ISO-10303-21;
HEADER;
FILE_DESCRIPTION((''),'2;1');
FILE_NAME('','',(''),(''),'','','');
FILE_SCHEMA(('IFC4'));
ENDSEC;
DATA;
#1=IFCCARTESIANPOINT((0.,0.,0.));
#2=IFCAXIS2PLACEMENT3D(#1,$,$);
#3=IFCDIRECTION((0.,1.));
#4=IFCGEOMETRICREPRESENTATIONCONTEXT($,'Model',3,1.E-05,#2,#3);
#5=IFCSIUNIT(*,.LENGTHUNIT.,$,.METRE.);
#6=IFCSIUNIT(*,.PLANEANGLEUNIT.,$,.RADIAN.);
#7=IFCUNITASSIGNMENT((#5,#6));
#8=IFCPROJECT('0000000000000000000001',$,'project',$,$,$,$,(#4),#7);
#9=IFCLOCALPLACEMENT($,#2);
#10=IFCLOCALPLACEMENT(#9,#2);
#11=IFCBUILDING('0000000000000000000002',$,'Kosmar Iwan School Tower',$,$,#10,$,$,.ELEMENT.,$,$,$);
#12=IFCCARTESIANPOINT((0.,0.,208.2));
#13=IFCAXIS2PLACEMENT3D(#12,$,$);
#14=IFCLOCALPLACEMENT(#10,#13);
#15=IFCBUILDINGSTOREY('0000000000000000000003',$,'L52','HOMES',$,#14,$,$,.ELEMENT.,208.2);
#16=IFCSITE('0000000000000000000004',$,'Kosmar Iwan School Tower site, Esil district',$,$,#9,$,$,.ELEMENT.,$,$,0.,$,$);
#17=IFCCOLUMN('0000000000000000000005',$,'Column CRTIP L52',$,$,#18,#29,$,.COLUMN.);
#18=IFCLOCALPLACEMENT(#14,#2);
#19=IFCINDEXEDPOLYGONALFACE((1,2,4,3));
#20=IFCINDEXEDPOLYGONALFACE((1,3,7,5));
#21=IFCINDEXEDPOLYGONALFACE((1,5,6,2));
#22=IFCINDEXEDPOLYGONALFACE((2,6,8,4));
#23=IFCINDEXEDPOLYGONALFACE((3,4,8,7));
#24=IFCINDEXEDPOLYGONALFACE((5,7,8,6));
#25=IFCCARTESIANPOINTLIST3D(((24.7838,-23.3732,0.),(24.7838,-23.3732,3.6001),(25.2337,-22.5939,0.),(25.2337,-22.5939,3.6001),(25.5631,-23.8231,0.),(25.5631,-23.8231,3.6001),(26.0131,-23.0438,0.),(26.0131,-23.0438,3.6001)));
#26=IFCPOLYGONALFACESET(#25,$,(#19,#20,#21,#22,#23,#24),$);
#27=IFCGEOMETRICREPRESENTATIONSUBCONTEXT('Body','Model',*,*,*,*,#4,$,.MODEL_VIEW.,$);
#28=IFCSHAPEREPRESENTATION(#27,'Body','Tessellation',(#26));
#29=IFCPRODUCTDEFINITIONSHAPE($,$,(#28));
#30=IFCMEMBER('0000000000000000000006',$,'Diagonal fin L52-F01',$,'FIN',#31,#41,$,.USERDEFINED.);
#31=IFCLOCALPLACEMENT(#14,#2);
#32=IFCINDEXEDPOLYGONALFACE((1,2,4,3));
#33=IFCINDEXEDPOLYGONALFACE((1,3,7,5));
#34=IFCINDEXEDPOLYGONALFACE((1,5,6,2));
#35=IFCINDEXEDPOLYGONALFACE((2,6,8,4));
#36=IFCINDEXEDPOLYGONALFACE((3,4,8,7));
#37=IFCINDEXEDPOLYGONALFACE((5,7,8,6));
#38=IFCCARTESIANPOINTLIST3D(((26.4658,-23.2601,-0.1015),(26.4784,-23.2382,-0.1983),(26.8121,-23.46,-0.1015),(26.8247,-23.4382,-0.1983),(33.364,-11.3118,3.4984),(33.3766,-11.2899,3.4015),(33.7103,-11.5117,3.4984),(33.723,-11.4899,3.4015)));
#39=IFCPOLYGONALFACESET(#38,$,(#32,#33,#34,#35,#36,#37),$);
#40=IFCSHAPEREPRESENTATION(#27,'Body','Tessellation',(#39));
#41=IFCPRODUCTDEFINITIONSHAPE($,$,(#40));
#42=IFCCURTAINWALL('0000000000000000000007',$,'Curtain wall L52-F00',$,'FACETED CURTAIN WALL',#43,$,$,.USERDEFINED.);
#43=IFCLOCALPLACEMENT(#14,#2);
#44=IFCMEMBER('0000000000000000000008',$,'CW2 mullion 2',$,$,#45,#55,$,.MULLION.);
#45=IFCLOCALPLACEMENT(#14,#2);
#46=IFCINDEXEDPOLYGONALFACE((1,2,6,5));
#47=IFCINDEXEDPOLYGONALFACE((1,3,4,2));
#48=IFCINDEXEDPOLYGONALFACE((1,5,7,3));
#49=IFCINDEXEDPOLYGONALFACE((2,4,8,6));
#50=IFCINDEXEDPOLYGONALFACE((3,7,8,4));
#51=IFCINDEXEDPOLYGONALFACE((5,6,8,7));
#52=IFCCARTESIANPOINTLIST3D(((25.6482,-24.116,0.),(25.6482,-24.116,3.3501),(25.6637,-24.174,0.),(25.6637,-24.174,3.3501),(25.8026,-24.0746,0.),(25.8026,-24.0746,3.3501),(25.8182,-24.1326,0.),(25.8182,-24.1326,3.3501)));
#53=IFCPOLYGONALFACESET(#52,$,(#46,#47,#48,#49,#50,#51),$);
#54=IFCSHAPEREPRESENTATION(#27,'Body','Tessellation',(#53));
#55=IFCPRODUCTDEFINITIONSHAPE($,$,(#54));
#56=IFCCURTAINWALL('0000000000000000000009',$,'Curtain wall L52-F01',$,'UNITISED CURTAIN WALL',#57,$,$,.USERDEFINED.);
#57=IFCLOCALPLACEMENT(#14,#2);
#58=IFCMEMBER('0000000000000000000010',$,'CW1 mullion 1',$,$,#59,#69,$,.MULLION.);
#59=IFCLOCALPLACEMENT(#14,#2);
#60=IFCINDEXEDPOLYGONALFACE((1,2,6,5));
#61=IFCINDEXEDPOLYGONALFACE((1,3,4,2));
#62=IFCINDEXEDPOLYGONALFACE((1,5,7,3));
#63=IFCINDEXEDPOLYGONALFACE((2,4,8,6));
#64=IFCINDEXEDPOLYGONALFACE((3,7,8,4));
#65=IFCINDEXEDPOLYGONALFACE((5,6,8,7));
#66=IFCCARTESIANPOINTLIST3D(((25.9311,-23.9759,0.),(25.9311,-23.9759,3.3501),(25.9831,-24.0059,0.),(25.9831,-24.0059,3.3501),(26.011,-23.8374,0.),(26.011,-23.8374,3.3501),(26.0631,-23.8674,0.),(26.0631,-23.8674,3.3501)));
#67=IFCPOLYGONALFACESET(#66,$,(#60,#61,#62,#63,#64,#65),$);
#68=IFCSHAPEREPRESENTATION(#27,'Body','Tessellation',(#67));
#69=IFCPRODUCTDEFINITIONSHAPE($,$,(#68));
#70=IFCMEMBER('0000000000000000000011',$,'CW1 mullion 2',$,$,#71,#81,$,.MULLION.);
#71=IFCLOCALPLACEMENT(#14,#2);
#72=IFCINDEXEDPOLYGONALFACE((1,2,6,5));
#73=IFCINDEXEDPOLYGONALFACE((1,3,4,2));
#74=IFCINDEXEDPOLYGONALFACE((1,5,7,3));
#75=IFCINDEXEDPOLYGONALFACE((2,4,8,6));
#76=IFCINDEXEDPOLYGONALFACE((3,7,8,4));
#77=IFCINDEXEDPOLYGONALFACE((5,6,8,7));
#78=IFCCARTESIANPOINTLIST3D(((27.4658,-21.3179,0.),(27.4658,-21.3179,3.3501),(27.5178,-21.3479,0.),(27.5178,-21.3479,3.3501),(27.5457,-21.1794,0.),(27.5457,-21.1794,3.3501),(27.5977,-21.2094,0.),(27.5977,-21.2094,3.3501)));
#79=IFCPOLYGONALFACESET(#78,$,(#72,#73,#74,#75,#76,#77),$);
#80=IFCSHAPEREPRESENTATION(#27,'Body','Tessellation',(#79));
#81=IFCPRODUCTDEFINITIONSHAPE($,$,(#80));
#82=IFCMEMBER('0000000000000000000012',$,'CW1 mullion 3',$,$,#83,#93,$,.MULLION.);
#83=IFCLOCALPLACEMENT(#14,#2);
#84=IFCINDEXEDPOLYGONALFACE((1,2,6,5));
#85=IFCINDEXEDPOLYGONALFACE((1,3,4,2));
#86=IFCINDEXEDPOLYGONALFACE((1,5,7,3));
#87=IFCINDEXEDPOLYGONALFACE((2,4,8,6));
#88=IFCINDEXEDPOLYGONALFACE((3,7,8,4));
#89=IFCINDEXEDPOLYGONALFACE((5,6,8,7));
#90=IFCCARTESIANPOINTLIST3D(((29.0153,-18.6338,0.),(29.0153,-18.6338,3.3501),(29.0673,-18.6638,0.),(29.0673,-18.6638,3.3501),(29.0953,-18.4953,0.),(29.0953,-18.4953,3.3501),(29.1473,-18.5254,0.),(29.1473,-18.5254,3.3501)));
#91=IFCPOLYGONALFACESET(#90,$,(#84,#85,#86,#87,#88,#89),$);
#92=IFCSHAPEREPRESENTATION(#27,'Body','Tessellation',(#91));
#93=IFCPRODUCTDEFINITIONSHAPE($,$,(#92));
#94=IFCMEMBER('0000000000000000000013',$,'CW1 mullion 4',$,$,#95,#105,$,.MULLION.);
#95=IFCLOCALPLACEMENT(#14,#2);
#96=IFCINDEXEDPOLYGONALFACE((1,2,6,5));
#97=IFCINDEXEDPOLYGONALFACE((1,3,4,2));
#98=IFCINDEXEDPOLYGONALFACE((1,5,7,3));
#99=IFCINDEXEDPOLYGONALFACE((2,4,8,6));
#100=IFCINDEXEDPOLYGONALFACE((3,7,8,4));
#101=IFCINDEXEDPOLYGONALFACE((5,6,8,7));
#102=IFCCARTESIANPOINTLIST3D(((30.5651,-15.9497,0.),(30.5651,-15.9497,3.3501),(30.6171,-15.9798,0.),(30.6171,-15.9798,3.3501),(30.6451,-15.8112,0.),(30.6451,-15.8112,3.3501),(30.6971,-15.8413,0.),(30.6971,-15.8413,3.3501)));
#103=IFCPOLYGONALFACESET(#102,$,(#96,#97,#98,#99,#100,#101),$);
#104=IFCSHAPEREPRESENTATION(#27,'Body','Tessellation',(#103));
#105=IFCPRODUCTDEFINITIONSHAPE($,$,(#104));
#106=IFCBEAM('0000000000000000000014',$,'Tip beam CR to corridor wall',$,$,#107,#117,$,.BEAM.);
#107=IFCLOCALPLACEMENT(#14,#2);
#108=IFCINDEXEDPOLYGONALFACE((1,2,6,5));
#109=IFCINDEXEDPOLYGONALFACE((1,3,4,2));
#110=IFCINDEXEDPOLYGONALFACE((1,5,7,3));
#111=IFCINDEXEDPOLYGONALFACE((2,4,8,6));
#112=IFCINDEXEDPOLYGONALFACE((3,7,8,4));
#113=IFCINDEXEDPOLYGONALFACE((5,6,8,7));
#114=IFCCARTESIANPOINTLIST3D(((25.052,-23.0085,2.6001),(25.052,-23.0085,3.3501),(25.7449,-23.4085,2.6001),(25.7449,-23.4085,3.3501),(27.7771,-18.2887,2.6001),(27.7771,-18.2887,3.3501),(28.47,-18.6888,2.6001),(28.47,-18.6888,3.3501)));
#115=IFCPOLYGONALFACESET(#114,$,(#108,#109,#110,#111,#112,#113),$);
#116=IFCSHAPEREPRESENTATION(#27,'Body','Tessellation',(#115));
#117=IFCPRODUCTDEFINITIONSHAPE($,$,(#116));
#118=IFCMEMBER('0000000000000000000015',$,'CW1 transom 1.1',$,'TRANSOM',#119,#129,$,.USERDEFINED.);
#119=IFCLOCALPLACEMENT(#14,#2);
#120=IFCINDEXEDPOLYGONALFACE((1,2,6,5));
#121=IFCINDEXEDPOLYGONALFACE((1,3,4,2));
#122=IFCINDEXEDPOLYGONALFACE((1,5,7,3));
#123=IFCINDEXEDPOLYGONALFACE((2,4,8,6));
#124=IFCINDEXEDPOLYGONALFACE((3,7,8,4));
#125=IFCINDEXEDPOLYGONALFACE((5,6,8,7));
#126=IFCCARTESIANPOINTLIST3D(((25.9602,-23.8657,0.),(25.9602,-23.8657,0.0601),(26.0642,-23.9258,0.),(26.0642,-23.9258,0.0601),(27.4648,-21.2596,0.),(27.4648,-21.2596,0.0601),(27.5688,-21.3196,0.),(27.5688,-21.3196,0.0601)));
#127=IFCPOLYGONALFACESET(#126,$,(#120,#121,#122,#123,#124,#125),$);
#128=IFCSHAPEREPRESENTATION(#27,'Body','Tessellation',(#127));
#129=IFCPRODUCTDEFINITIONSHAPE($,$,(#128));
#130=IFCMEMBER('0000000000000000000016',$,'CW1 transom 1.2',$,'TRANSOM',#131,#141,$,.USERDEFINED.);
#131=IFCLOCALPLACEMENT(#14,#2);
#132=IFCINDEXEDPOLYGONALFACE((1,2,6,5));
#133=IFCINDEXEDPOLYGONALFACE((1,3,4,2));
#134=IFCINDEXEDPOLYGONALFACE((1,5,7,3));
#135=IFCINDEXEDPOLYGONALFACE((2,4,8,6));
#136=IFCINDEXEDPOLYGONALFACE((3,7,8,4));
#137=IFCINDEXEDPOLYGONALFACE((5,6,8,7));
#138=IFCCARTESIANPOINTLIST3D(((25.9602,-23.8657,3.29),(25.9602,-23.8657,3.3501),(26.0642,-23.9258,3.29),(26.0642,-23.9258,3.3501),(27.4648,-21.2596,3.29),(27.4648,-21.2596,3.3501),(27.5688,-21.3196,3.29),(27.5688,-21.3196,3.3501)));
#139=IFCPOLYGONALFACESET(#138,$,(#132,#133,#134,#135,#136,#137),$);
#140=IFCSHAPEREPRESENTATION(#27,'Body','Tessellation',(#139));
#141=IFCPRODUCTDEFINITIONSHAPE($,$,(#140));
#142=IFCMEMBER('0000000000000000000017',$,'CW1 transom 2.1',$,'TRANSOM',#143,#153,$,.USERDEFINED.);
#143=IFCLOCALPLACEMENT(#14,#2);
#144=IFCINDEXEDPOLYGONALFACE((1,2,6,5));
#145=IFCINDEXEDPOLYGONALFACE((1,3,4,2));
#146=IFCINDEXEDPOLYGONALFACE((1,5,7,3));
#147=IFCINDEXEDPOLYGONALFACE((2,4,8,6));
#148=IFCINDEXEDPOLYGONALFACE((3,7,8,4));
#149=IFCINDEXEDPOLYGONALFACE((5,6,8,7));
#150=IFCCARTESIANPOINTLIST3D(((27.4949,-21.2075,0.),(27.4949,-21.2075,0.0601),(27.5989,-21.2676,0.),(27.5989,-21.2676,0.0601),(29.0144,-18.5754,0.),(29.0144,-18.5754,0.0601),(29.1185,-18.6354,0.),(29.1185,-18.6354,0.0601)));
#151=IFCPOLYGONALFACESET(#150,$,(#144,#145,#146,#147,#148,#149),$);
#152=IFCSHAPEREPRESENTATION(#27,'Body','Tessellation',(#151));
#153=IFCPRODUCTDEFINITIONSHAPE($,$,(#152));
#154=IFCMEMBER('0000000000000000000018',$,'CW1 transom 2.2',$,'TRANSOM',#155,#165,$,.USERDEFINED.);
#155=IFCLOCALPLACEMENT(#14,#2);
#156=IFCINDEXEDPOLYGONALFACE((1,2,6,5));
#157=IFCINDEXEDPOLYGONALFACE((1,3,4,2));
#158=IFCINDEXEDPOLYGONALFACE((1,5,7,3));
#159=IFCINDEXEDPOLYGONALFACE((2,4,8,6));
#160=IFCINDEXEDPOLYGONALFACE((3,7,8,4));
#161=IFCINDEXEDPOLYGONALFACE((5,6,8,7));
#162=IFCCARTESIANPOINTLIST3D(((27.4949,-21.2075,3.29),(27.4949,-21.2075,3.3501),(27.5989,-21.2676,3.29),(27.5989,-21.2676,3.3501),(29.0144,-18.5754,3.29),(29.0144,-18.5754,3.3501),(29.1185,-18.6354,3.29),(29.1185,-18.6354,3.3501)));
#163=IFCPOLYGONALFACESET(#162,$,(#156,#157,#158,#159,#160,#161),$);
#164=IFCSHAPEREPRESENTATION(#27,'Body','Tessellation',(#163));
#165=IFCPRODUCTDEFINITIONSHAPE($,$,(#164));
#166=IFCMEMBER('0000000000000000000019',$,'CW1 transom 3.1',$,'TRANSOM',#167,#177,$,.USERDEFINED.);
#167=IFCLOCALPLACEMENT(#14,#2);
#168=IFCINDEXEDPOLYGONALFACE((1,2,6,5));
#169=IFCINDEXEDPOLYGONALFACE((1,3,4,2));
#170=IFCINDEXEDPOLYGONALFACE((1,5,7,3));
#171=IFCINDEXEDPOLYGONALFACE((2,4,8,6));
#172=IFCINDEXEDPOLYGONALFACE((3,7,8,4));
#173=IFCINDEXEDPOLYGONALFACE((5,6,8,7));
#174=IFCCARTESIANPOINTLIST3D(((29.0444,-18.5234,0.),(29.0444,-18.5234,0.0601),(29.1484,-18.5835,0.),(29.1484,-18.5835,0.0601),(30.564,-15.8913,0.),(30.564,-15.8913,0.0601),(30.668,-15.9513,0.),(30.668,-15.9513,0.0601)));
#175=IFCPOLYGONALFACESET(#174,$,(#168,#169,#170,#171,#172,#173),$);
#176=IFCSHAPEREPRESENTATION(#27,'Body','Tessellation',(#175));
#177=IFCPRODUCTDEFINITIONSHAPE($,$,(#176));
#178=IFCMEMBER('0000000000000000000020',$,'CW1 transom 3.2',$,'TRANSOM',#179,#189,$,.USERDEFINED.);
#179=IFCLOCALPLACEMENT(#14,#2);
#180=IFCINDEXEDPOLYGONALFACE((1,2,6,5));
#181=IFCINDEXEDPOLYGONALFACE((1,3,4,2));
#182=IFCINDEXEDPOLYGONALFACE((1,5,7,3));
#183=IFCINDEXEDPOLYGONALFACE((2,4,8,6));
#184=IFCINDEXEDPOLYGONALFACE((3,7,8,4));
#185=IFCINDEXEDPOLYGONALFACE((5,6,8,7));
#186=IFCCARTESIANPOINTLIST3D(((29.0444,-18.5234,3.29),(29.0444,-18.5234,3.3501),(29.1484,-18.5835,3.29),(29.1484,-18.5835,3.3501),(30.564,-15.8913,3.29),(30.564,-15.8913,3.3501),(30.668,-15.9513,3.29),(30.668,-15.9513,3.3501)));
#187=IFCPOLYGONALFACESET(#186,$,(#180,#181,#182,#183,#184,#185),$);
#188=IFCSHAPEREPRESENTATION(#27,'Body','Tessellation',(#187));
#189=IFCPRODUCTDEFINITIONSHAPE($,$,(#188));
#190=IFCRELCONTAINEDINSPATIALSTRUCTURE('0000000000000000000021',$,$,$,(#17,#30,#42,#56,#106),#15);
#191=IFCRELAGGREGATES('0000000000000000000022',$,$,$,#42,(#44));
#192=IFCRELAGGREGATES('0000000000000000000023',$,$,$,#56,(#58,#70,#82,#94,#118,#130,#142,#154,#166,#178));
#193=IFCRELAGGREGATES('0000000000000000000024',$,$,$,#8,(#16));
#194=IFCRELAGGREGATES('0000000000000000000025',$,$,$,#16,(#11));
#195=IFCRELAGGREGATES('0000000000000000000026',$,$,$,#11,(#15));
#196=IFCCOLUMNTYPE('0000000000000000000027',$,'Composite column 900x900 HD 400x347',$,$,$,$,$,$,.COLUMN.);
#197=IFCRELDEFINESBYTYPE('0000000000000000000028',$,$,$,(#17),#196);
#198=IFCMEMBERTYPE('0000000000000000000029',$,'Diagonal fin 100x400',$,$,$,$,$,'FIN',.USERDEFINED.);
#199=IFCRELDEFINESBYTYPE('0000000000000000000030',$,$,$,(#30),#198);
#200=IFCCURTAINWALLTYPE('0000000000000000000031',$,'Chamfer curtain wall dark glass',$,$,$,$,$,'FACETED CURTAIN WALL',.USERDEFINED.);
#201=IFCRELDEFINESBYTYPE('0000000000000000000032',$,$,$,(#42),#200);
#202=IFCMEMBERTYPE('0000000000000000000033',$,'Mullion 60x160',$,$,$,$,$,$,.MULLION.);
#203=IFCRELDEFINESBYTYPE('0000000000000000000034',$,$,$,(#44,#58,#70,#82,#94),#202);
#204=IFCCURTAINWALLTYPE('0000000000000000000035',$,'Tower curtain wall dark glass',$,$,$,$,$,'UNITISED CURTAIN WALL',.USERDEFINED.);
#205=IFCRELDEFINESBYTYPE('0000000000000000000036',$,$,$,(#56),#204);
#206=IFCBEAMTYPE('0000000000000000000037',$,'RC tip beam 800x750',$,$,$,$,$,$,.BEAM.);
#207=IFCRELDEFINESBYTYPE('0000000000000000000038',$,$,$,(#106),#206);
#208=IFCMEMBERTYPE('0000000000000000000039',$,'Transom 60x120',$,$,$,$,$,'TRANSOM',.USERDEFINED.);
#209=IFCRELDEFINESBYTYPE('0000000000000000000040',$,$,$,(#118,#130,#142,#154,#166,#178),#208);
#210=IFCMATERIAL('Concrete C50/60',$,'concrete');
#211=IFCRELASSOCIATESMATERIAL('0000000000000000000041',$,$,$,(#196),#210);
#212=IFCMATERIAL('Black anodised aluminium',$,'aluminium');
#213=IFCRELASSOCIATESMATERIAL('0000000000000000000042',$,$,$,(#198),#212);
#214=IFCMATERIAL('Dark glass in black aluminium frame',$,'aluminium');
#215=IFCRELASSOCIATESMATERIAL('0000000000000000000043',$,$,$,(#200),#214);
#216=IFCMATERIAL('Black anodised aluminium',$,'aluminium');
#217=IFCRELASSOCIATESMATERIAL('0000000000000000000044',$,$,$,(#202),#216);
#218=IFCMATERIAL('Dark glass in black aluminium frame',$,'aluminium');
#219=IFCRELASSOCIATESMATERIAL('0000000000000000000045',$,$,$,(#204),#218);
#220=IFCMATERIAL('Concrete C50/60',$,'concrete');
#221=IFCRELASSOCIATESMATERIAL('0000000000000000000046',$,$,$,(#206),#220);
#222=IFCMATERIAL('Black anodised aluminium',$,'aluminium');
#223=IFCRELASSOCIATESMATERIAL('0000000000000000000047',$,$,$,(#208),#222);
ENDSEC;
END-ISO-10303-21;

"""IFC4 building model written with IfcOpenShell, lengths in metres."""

from ifc_helpers import new_model, si_unit, direction, frame, origin, origin_2d, place, context, subcontext, project, spatial, rectangle, extrude, material, material_profile, profile_set, type_object, element, aggregate, save


model = new_model("IFC4")

# Units and contexts
model_context = context("Model", 3, precision=1e-05, world=origin(), true_north=direction((0.0, 1.0)))
body_context = subcontext(model_context, "Body", "Model", "MODEL_VIEW")
ifc_project = project(units=[si_unit("LENGTHUNIT", "METRE"), si_unit("PLANEANGLEUNIT", "RADIAN")], contexts=[model_context])

# Site, building, storey
site_placement = place(None, origin())
site = spatial("IfcSite", under=ifc_project, at=site_placement, Name="Kosmar Iwan School Tower site, Esil district", CompositionType="ELEMENT", RefElevation=0.0)
building_placement = place(site_placement, origin())
building = spatial("IfcBuilding", under=site, at=building_placement, Name="Kosmar Iwan School Tower", CompositionType="ELEMENT")
storey_placement = place(building_placement, frame((0.0, 0.0, 208.2)))
storey = spatial("IfcBuildingStorey", under=building, at=storey_placement, Name="L52", Description="HOMES", CompositionType="ELEMENT", Elevation=208.2)

# Column
ifc_material_1 = material(Name="Concrete C50/60", Category="concrete")
ifc_material_profile_1 = material_profile(ifc_material_1, rectangle(XDim=0.8999, YDim=0.8999, at=origin_2d()), Name="RC 900x900 + HD 400x347")
ifc_profile_set_1 = profile_set([ifc_material_profile_1], Name="Concrete C50/60")
column_type = type_object("IfcColumnType", Name="Composite column 900x900 HD 400x347", PredefinedType="COLUMN", material=ifc_profile_set_1)
column_placement = place(storey_placement, frame((25.3984, -23.2085, 0.0), z_axis=(0.0, 0.0, 1.0), x_axis=(0.866025, -0.5, 0.0)))
element("IfcColumn", 1, at=column_placement, inside=storey, type_object=column_type, Name="Column CRTIP L52", PredefinedType="COLUMN", context=body_context, shape_type="SweptSolid", body=[
    extrude(rectangle(XDim=0.8999, YDim=0.8999, at=origin_2d()), origin(), (0.0, 0.0, 1.0), 3.6001),
])

# Member
ifc_material_2 = material(Name="Black anodised aluminium", Category="aluminium")
ifc_material_profile_2 = material_profile(ifc_material_2, rectangle(XDim=0.1001, YDim=0.3999, at=origin_2d()), Name="FIN 100x400")
ifc_profile_set_2 = profile_set([ifc_material_profile_2], Name="Black anodised aluminium")
member_type_1 = type_object("IfcMemberType", Name="Diagonal fin 100x400", ElementType="FIN", PredefinedType="USERDEFINED", material=ifc_profile_set_2)
member_1_placement = place(storey_placement, frame((26.6453, -23.3491, -0.1499), z_axis=(0.483796, 0.837974, 0.252471), x_axis=(-0.126234, -0.218647, 0.967604)))
element("IfcMember", 2, at=member_1_placement, inside=storey, type_object=member_type_1, Name="Diagonal fin L52-F01", ObjectType="FIN", PredefinedType="USERDEFINED", context=body_context, shape_type="SweptSolid", body=[
    extrude(rectangle(XDim=0.1001, YDim=0.3999, at=origin_2d()), origin(), (0.0, 0.0, 1.0), 14.2585),
])

# Curtain wall, member
ifc_material_3 = material(Name="Dark glass in black aluminium frame", Category="aluminium")
curtain_wall_type_1 = type_object("IfcCurtainWallType", Name="Chamfer curtain wall dark glass", ElementType="FACETED CURTAIN WALL", PredefinedType="USERDEFINED", material=ifc_material_3)
curtain_wall_1_placement = place(storey_placement, origin())
curtain_wall_1 = element("IfcCurtainWall", 3, at=curtain_wall_1_placement, inside=storey, type_object=curtain_wall_type_1, Name="Curtain wall L52-F00", ObjectType="FACETED CURTAIN WALL", PredefinedType="USERDEFINED")
ifc_material_4 = material(Name="Black anodised aluminium", Category="aluminium")
ifc_material_profile_3 = material_profile(ifc_material_4, rectangle(XDim=0.0601, YDim=0.1599, at=origin_2d()), Name="MULLION 60x160")
ifc_profile_set_3 = profile_set([ifc_material_profile_3], Name="Black anodised aluminium")
member_type_2 = type_object("IfcMemberType", Name="Mullion 60x160", PredefinedType="MULLION", material=ifc_profile_set_3)
member_2_placement = place(storey_placement, frame((25.7332, -24.1243, 0.0), z_axis=(0.0, 0.0, 1.0), x_axis=(-0.258819, 0.965926, 0.0)))
member_2 = element("IfcMember", 4, at=member_2_placement, type_object=member_type_2, Name="CW2 mullion 2", PredefinedType="MULLION", context=body_context, shape_type="SweptSolid", body=[
    extrude(rectangle(XDim=0.0601, YDim=0.1599, at=origin_2d()), origin(), (0.0, 0.0, 1.0), 3.3501),
])

# Curtain wall, members
ifc_material_5 = material(Name="Dark glass in black aluminium frame", Category="aluminium")
curtain_wall_type_2 = type_object("IfcCurtainWallType", Name="Tower curtain wall dark glass", ElementType="UNITISED CURTAIN WALL", PredefinedType="USERDEFINED", material=ifc_material_5)
curtain_wall_2_placement = place(storey_placement, origin())
curtain_wall_2 = element("IfcCurtainWall", 5, at=curtain_wall_2_placement, inside=storey, type_object=curtain_wall_type_2, Name="Curtain wall L52-F01", ObjectType="UNITISED CURTAIN WALL", PredefinedType="USERDEFINED")
member_3_placement = place(storey_placement, frame((25.9971, -23.9216, 0.0), z_axis=(0.0, 0.0, 1.0), x_axis=(-0.866025, 0.5, 0.0)))
member_3 = element("IfcMember", 6, at=member_3_placement, type_object=member_type_2, Name="CW1 mullion 1", PredefinedType="MULLION", context=body_context, shape_type="SweptSolid", body=[
    extrude(rectangle(XDim=0.0601, YDim=0.1599, at=origin_2d()), origin(), (0.0, 0.0, 1.0), 3.3501),
])
member_4_placement = place(storey_placement, frame((27.5317, -21.2637, 0.0), z_axis=(0.0, 0.0, 1.0), x_axis=(-0.866025, 0.5, 0.0)))
member_4 = element("IfcMember", 7, at=member_4_placement, type_object=member_type_2, Name="CW1 mullion 2", PredefinedType="MULLION", context=body_context, shape_type="SweptSolid", body=[
    extrude(rectangle(XDim=0.0601, YDim=0.1599, at=origin_2d()), origin(), (0.0, 0.0, 1.0), 3.3501),
])
member_5_placement = place(storey_placement, frame((29.0813, -18.5796, 0.0), z_axis=(0.0, 0.0, 1.0), x_axis=(-0.866025, 0.5, 0.0)))
member_5 = element("IfcMember", 8, at=member_5_placement, type_object=member_type_2, Name="CW1 mullion 3", PredefinedType="MULLION", context=body_context, shape_type="SweptSolid", body=[
    extrude(rectangle(XDim=0.0601, YDim=0.1599, at=origin_2d()), origin(), (0.0, 0.0, 1.0), 3.3501),
])
member_6_placement = place(storey_placement, frame((30.6311, -15.8955, 0.0), z_axis=(0.0, 0.0, 1.0), x_axis=(-0.866025, 0.5, 0.0)))
member_6 = element("IfcMember", 9, at=member_6_placement, type_object=member_type_2, Name="CW1 mullion 4", PredefinedType="MULLION", context=body_context, shape_type="SweptSolid", body=[
    extrude(rectangle(XDim=0.0601, YDim=0.1599, at=origin_2d()), origin(), (0.0, 0.0, 1.0), 3.3501),
])

# Beam
ifc_material_6 = material(Name="Concrete C50/60", Category="concrete")
ifc_material_profile_4 = material_profile(ifc_material_6, rectangle(XDim=0.8, YDim=0.75, at=origin_2d()), Name="RC 800x750")
ifc_profile_set_4 = profile_set([ifc_material_profile_4], Name="Concrete C50/60")
beam_type = type_object("IfcBeamType", Name="RC tip beam 800x750", PredefinedType="BEAM", material=ifc_profile_set_4)
beam_placement = place(storey_placement, frame((25.3984, -23.2085, 2.9751), z_axis=(0.500022, 0.866013, 0.0), x_axis=(-0.866013, 0.500022, 0.0)))
element("IfcBeam", 10, at=beam_placement, inside=storey, type_object=beam_type, Name="Tip beam CR to corridor wall", PredefinedType="BEAM", context=body_context, shape_type="SweptSolid", body=[
    extrude(rectangle(XDim=0.8, YDim=0.75, at=origin_2d()), origin(), (0.0, 0.0, 1.0), 5.45),
])

# Members
ifc_material_7 = material(Name="Black anodised aluminium", Category="aluminium")
ifc_material_profile_5 = material_profile(ifc_material_7, rectangle(XDim=0.1201, YDim=0.0601, at=origin_2d()), Name="TRANSOM 60x120")
ifc_profile_set_5 = profile_set([ifc_material_profile_5], Name="Black anodised aluminium")
member_type_3 = type_object("IfcMemberType", Name="Transom 60x120", ElementType="TRANSOM", PredefinedType="USERDEFINED", material=ifc_profile_set_5)
member_7_placement = place(storey_placement, frame((26.0122, -23.8958, 0.03), z_axis=(0.499987, 0.866033, 0.0), x_axis=(-0.866033, 0.499987, 0.0)))
member_7 = element("IfcMember", 11, at=member_7_placement, type_object=member_type_3, Name="CW1 transom 1.1", ObjectType="TRANSOM", PredefinedType="USERDEFINED", context=body_context, shape_type="SweptSolid", body=[
    extrude(rectangle(XDim=0.1201, YDim=0.0601, at=origin_2d()), origin(), (0.0, 0.0, 1.0), 3.0093),
])
member_8_placement = place(storey_placement, frame((26.0122, -23.8958, 3.3201), z_axis=(0.499987, 0.866033, 0.0), x_axis=(-0.866033, 0.499987, 0.0)))
member_8 = element("IfcMember", 12, at=member_8_placement, type_object=member_type_3, Name="CW1 transom 1.2", ObjectType="TRANSOM", PredefinedType="USERDEFINED", context=body_context, shape_type="SweptSolid", body=[
    extrude(rectangle(XDim=0.1201, YDim=0.0601, at=origin_2d()), origin(), (0.0, 0.0, 1.0), 3.0093),
])
member_9_placement = place(storey_placement, frame((27.5469, -21.2375, 0.03), z_axis=(0.499975, 0.86604, 0.0), x_axis=(-0.86604, 0.499975, 0.0)))
member_9 = element("IfcMember", 13, at=member_9_placement, type_object=member_type_3, Name="CW1 transom 2.1", ObjectType="TRANSOM", PredefinedType="USERDEFINED", context=body_context, shape_type="SweptSolid", body=[
    extrude(rectangle(XDim=0.1201, YDim=0.0601, at=origin_2d()), origin(), (0.0, 0.0, 1.0), 3.0393),
])
member_10_placement = place(storey_placement, frame((27.5469, -21.2375, 3.3201), z_axis=(0.499975, 0.86604, 0.0), x_axis=(-0.86604, 0.499975, 0.0)))
member_10 = element("IfcMember", 14, at=member_10_placement, type_object=member_type_3, Name="CW1 transom 2.2", ObjectType="TRANSOM", PredefinedType="USERDEFINED", context=body_context, shape_type="SweptSolid", body=[
    extrude(rectangle(XDim=0.1201, YDim=0.0601, at=origin_2d()), origin(), (0.0, 0.0, 1.0), 3.0393),
])
member_11_placement = place(storey_placement, frame((29.0964, -18.5535, 0.03), z_axis=(0.499975, 0.86604, 0.0), x_axis=(-0.86604, 0.499975, 0.0)))
member_11 = element("IfcMember", 15, at=member_11_placement, type_object=member_type_3, Name="CW1 transom 3.1", ObjectType="TRANSOM", PredefinedType="USERDEFINED", context=body_context, shape_type="SweptSolid", body=[
    extrude(rectangle(XDim=0.1201, YDim=0.0601, at=origin_2d()), origin(), (0.0, 0.0, 1.0), 3.0393),
])
member_12_placement = place(storey_placement, frame((29.0964, -18.5535, 3.3201), z_axis=(0.499975, 0.86604, 0.0), x_axis=(-0.86604, 0.499975, 0.0)))
member_12 = element("IfcMember", 16, at=member_12_placement, type_object=member_type_3, Name="CW1 transom 3.2", ObjectType="TRANSOM", PredefinedType="USERDEFINED", context=body_context, shape_type="SweptSolid", body=[
    extrude(rectangle(XDim=0.1201, YDim=0.0601, at=origin_2d()), origin(), (0.0, 0.0, 1.0), 3.0393),
])

aggregate(curtain_wall_1, [member_2])
aggregate(curtain_wall_2, [member_3, member_4, member_5, member_6, member_7, member_8, member_9, member_10, member_11, member_12])

save(model, "model.ifc")
